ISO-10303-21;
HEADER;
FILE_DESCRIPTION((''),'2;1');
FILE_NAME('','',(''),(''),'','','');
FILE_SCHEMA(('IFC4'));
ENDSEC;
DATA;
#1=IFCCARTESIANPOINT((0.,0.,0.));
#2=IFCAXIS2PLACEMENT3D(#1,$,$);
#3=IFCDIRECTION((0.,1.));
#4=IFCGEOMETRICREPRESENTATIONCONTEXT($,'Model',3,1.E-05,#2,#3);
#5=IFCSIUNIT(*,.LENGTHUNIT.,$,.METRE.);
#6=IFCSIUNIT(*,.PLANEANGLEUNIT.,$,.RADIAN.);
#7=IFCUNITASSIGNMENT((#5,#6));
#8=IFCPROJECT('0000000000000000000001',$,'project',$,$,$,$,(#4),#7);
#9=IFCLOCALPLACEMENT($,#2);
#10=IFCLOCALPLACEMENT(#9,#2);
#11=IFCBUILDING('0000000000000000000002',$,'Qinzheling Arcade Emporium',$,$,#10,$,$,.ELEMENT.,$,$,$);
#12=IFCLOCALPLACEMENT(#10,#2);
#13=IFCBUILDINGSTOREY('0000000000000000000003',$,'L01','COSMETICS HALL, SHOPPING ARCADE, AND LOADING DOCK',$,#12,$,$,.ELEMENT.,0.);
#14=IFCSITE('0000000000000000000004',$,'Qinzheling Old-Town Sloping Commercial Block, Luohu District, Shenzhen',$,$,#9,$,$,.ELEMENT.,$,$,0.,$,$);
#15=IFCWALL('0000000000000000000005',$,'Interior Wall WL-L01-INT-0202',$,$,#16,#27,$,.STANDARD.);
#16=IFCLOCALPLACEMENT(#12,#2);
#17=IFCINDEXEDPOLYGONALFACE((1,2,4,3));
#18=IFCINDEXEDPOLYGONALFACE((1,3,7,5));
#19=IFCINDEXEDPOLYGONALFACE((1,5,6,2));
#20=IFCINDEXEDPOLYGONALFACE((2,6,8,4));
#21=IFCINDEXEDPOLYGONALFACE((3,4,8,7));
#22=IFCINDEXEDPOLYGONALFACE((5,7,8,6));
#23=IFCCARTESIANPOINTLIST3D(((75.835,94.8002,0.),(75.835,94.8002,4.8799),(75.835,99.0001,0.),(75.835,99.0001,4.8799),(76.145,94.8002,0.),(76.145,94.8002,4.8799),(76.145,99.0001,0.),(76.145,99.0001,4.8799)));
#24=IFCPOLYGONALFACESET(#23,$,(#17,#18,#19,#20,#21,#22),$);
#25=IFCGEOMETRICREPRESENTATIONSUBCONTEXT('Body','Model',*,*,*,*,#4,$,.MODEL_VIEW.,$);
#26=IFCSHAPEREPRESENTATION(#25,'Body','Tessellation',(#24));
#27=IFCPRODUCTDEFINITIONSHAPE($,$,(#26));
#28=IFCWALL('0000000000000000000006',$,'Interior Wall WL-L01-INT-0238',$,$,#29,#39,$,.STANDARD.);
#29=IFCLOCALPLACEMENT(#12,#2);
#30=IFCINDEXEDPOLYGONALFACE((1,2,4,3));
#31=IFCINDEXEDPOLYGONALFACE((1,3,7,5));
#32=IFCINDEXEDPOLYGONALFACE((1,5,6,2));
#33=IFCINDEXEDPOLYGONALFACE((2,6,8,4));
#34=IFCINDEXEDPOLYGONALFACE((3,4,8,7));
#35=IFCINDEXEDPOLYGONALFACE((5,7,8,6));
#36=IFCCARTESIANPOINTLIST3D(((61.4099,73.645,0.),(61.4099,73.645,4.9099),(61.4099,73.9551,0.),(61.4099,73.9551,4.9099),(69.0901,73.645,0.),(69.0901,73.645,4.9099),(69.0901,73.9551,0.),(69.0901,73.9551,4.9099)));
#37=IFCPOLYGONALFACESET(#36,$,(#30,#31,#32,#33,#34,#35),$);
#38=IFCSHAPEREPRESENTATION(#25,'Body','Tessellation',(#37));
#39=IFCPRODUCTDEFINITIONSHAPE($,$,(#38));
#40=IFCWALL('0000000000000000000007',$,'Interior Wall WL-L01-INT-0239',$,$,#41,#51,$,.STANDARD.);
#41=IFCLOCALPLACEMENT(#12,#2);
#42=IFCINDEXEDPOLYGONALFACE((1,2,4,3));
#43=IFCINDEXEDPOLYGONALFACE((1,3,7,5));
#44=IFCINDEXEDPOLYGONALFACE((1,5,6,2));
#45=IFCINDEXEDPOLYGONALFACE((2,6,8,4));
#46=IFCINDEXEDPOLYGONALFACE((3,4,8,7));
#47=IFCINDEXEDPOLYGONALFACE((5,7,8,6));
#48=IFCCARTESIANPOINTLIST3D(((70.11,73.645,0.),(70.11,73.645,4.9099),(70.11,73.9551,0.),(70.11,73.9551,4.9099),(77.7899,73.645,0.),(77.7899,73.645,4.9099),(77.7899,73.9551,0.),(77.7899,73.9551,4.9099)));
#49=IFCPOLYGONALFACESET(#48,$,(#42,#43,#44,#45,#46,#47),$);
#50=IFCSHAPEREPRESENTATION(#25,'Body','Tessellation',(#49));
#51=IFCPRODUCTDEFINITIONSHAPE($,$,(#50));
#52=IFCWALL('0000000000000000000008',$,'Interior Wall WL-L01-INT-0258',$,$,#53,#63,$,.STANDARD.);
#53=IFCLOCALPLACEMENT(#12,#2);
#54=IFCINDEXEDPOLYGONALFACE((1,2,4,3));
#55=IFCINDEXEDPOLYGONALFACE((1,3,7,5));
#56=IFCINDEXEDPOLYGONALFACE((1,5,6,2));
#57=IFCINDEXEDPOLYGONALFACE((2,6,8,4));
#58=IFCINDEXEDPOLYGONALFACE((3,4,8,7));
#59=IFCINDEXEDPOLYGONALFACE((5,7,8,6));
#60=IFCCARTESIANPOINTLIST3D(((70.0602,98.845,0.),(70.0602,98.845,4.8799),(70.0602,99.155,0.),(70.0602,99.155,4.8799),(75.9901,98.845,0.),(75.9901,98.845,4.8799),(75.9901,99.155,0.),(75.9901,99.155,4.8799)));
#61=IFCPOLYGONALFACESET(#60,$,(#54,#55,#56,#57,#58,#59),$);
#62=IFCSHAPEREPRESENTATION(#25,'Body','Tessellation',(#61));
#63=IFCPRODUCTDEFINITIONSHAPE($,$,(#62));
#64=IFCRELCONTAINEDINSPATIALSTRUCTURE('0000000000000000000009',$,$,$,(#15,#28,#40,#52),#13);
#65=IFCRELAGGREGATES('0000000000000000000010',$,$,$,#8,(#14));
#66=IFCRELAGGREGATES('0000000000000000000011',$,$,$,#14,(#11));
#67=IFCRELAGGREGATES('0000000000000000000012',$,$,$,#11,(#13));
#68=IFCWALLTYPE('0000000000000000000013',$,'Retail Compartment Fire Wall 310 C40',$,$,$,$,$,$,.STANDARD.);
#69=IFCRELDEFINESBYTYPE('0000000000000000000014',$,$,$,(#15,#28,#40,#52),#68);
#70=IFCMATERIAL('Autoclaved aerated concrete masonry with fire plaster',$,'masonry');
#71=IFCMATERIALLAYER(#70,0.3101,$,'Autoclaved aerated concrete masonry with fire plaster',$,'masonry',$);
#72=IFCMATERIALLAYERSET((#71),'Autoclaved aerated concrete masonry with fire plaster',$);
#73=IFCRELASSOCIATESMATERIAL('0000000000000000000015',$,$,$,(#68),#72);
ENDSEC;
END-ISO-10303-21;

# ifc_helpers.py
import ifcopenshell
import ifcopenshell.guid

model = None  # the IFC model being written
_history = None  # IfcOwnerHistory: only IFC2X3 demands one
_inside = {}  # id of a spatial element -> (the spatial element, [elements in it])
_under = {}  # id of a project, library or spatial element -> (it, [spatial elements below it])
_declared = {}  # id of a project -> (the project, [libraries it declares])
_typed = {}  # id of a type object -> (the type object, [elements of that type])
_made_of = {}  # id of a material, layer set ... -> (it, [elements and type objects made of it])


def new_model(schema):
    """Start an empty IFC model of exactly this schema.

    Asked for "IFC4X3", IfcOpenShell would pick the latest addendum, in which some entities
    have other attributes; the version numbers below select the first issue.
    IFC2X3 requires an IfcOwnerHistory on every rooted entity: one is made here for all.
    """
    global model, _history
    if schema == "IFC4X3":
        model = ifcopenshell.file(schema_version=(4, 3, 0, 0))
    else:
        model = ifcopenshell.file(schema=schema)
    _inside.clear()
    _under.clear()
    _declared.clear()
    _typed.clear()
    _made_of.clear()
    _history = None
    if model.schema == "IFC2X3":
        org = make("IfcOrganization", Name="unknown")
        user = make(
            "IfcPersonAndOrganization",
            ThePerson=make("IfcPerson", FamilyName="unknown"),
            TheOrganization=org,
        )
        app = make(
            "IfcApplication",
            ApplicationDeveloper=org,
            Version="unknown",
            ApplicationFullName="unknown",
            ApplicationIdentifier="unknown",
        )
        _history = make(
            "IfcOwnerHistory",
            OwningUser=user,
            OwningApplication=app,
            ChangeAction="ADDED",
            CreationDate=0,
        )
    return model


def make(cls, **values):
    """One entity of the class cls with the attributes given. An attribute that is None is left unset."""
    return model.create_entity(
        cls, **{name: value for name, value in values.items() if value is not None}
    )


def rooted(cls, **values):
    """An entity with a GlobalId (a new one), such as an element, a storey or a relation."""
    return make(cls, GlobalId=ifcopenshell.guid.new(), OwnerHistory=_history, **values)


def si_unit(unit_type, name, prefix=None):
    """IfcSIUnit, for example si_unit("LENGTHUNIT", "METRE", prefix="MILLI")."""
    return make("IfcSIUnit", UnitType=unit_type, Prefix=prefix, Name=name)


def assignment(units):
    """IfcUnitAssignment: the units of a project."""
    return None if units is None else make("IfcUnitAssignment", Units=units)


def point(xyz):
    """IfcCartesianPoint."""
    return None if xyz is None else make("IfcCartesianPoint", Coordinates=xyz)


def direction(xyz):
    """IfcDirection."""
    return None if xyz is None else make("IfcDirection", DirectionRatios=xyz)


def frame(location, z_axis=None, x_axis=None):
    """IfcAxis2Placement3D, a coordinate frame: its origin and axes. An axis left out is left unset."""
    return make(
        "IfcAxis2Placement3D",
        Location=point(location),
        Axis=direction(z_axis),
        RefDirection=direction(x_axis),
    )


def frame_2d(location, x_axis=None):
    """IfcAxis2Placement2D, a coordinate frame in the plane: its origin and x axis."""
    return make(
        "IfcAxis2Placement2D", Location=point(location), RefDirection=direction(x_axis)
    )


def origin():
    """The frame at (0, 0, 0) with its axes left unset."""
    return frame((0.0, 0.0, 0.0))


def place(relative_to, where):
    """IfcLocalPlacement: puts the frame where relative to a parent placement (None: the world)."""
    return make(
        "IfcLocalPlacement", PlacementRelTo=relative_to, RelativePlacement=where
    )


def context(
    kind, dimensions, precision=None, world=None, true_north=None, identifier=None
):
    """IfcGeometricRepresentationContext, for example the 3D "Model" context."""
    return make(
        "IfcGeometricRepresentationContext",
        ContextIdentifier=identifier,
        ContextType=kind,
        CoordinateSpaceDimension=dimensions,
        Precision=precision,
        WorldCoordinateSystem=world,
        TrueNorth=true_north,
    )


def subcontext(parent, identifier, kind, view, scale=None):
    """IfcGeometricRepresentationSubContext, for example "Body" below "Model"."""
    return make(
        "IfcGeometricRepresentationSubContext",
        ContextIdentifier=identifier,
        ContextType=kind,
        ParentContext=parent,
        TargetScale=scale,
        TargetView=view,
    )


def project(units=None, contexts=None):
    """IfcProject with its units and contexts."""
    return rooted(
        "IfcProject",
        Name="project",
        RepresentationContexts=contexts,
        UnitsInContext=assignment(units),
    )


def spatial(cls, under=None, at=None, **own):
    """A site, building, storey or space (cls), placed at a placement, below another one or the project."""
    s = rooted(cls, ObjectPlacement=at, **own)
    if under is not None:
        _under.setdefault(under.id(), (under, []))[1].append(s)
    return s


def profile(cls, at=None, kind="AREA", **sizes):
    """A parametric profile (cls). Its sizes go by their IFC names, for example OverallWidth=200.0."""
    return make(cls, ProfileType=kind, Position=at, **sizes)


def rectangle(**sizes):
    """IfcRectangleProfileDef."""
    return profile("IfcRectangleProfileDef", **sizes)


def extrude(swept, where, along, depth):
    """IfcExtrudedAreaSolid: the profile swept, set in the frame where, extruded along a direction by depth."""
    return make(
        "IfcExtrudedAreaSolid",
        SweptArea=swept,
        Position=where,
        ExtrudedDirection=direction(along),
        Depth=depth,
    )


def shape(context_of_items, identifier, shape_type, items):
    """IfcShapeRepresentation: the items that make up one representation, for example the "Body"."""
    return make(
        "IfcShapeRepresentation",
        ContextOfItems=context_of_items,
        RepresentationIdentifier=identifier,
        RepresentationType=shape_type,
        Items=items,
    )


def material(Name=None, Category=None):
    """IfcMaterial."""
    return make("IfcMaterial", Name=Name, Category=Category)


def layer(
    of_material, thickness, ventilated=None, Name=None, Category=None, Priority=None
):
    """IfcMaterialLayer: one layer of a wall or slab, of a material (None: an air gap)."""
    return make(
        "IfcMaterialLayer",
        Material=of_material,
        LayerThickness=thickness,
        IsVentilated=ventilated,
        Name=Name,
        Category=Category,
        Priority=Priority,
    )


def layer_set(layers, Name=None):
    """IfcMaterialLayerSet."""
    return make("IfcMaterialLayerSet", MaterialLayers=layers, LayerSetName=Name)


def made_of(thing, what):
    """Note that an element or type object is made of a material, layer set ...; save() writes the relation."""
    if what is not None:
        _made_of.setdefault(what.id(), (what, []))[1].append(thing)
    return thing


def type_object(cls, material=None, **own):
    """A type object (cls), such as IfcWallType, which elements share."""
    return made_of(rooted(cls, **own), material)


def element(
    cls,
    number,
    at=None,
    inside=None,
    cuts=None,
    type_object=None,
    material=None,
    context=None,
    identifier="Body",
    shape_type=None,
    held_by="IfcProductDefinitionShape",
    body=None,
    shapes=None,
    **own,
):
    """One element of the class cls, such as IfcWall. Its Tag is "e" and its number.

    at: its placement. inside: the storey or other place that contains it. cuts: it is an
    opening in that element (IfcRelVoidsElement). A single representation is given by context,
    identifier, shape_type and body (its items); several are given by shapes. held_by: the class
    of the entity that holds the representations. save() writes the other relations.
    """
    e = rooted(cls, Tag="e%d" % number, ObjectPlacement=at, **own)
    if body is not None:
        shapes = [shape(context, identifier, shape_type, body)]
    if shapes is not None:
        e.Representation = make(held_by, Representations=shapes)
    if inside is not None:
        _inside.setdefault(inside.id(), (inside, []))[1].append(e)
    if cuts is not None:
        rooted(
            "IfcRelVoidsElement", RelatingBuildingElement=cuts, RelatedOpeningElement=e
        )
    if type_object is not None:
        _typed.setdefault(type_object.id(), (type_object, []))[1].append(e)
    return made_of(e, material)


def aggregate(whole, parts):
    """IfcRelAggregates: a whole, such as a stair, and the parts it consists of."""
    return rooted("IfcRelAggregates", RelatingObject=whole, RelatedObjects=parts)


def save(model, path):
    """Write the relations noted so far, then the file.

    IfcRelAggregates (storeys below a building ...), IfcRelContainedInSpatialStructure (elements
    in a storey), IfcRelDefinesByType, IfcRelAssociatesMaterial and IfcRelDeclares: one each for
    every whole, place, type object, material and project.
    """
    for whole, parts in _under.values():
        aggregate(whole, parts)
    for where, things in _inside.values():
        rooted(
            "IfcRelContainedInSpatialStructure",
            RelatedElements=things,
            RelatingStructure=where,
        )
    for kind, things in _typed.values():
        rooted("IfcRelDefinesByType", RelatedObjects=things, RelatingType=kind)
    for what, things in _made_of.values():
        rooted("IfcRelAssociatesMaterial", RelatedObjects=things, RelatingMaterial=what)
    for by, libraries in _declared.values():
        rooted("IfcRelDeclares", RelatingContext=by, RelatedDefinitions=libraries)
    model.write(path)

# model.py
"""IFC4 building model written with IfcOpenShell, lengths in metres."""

from ifc_helpers import new_model, si_unit, direction, frame, frame_2d, origin, place, context, subcontext, project, spatial, rectangle, extrude, material, layer, layer_set, type_object, element, save


model = new_model("IFC4")

# Units and contexts
model_context = context("Model", 3, precision=1e-05, world=origin(), true_north=direction((0.0, 1.0)))
body_context = subcontext(model_context, "Body", "Model", "MODEL_VIEW")
ifc_project = project(units=[si_unit("LENGTHUNIT", "METRE"), si_unit("PLANEANGLEUNIT", "RADIAN")], contexts=[model_context])

# Site, building, storey
site_placement = place(None, origin())
site = spatial("IfcSite", under=ifc_project, at=site_placement, Name="Qinzheling Old-Town Sloping Commercial Block, Luohu District, Shenzhen", CompositionType="ELEMENT", RefElevation=0.0)
building_placement = place(site_placement, origin())
building = spatial("IfcBuilding", under=site, at=building_placement, Name="Qinzheling Arcade Emporium", CompositionType="ELEMENT")
storey_placement = place(building_placement, origin())
storey = spatial("IfcBuildingStorey", under=building, at=storey_placement, Name="L01", Description="COSMETICS HALL, SHOPPING ARCADE, AND LOADING DOCK", CompositionType="ELEMENT", Elevation=0.0)

# Walls
ifc_material_1 = material(Name="Autoclaved aerated concrete masonry with fire plaster", Category="masonry")
ifc_layer_1 = layer(ifc_material_1, 0.3101, Name="Autoclaved aerated concrete masonry with fire plaster", Category="masonry")
ifc_layer_set_1 = layer_set([ifc_layer_1], Name="Autoclaved aerated concrete masonry with fire plaster")
wall_type_1 = type_object("IfcWallType", Name="Retail Compartment Fire Wall 310 C40", PredefinedType="STANDARD", material=ifc_layer_set_1)
wall_1_placement = place(storey_placement, frame((75.99, 94.8, 0.0), z_axis=(0.0, 0.0, 1.0), x_axis=(0.0, 1.0, 0.0)))
element("IfcWall", 1, at=wall_1_placement, inside=storey, type_object=wall_type_1, Name="Interior Wall WL-L01-INT-0202", PredefinedType="STANDARD", context=body_context, shape_type="SweptSolid", body=[
    extrude(rectangle(XDim=4.2, YDim=0.3101, at=frame_2d((2.1001, 0.0))), origin(), (0.0, 0.0, 1.0), 4.8799),
])
wall_2_placement = place(storey_placement, frame((61.4099, 73.8, 0.0), z_axis=(0.0, 0.0, 1.0), x_axis=(1.0, 0.0, 0.0)))
element("IfcWall", 2, at=wall_2_placement, inside=storey, type_object=wall_type_1, Name="Interior Wall WL-L01-INT-0238", PredefinedType="STANDARD", context=body_context, shape_type="SweptSolid", body=[
    extrude(rectangle(XDim=7.6802, YDim=0.3101, at=frame_2d((3.8401, 0.0))), origin(), (0.0, 0.0, 1.0), 4.9099),
])
wall_3_placement = place(storey_placement, frame((70.1101, 73.8, 0.0), z_axis=(0.0, 0.0, 1.0), x_axis=(1.0, 0.0, 0.0)))
element("IfcWall", 3, at=wall_3_placement, inside=storey, type_object=wall_type_1, Name="Interior Wall WL-L01-INT-0239", PredefinedType="STANDARD", context=body_context, shape_type="SweptSolid", body=[
    extrude(rectangle(XDim=7.6799, YDim=0.3101, at=frame_2d((3.8398, 0.0))), origin(), (0.0, 0.0, 1.0), 4.9099),
])
wall_4_placement = place(storey_placement, frame((75.99, 99.0, 0.0), z_axis=(0.0, 0.0, 1.0), x_axis=(-1.0, 0.0, 0.0)))
element("IfcWall", 4, at=wall_4_placement, inside=storey, type_object=wall_type_1, Name="Interior Wall WL-L01-INT-0258", PredefinedType="STANDARD", context=body_context, shape_type="SweptSolid", body=[
    extrude(rectangle(XDim=5.9299, YDim=0.3101, at=frame_2d((2.9648, 0.0))), origin(), (0.0, 0.0, 1.0), 4.8799),
])

save(model, "model.ifc")
